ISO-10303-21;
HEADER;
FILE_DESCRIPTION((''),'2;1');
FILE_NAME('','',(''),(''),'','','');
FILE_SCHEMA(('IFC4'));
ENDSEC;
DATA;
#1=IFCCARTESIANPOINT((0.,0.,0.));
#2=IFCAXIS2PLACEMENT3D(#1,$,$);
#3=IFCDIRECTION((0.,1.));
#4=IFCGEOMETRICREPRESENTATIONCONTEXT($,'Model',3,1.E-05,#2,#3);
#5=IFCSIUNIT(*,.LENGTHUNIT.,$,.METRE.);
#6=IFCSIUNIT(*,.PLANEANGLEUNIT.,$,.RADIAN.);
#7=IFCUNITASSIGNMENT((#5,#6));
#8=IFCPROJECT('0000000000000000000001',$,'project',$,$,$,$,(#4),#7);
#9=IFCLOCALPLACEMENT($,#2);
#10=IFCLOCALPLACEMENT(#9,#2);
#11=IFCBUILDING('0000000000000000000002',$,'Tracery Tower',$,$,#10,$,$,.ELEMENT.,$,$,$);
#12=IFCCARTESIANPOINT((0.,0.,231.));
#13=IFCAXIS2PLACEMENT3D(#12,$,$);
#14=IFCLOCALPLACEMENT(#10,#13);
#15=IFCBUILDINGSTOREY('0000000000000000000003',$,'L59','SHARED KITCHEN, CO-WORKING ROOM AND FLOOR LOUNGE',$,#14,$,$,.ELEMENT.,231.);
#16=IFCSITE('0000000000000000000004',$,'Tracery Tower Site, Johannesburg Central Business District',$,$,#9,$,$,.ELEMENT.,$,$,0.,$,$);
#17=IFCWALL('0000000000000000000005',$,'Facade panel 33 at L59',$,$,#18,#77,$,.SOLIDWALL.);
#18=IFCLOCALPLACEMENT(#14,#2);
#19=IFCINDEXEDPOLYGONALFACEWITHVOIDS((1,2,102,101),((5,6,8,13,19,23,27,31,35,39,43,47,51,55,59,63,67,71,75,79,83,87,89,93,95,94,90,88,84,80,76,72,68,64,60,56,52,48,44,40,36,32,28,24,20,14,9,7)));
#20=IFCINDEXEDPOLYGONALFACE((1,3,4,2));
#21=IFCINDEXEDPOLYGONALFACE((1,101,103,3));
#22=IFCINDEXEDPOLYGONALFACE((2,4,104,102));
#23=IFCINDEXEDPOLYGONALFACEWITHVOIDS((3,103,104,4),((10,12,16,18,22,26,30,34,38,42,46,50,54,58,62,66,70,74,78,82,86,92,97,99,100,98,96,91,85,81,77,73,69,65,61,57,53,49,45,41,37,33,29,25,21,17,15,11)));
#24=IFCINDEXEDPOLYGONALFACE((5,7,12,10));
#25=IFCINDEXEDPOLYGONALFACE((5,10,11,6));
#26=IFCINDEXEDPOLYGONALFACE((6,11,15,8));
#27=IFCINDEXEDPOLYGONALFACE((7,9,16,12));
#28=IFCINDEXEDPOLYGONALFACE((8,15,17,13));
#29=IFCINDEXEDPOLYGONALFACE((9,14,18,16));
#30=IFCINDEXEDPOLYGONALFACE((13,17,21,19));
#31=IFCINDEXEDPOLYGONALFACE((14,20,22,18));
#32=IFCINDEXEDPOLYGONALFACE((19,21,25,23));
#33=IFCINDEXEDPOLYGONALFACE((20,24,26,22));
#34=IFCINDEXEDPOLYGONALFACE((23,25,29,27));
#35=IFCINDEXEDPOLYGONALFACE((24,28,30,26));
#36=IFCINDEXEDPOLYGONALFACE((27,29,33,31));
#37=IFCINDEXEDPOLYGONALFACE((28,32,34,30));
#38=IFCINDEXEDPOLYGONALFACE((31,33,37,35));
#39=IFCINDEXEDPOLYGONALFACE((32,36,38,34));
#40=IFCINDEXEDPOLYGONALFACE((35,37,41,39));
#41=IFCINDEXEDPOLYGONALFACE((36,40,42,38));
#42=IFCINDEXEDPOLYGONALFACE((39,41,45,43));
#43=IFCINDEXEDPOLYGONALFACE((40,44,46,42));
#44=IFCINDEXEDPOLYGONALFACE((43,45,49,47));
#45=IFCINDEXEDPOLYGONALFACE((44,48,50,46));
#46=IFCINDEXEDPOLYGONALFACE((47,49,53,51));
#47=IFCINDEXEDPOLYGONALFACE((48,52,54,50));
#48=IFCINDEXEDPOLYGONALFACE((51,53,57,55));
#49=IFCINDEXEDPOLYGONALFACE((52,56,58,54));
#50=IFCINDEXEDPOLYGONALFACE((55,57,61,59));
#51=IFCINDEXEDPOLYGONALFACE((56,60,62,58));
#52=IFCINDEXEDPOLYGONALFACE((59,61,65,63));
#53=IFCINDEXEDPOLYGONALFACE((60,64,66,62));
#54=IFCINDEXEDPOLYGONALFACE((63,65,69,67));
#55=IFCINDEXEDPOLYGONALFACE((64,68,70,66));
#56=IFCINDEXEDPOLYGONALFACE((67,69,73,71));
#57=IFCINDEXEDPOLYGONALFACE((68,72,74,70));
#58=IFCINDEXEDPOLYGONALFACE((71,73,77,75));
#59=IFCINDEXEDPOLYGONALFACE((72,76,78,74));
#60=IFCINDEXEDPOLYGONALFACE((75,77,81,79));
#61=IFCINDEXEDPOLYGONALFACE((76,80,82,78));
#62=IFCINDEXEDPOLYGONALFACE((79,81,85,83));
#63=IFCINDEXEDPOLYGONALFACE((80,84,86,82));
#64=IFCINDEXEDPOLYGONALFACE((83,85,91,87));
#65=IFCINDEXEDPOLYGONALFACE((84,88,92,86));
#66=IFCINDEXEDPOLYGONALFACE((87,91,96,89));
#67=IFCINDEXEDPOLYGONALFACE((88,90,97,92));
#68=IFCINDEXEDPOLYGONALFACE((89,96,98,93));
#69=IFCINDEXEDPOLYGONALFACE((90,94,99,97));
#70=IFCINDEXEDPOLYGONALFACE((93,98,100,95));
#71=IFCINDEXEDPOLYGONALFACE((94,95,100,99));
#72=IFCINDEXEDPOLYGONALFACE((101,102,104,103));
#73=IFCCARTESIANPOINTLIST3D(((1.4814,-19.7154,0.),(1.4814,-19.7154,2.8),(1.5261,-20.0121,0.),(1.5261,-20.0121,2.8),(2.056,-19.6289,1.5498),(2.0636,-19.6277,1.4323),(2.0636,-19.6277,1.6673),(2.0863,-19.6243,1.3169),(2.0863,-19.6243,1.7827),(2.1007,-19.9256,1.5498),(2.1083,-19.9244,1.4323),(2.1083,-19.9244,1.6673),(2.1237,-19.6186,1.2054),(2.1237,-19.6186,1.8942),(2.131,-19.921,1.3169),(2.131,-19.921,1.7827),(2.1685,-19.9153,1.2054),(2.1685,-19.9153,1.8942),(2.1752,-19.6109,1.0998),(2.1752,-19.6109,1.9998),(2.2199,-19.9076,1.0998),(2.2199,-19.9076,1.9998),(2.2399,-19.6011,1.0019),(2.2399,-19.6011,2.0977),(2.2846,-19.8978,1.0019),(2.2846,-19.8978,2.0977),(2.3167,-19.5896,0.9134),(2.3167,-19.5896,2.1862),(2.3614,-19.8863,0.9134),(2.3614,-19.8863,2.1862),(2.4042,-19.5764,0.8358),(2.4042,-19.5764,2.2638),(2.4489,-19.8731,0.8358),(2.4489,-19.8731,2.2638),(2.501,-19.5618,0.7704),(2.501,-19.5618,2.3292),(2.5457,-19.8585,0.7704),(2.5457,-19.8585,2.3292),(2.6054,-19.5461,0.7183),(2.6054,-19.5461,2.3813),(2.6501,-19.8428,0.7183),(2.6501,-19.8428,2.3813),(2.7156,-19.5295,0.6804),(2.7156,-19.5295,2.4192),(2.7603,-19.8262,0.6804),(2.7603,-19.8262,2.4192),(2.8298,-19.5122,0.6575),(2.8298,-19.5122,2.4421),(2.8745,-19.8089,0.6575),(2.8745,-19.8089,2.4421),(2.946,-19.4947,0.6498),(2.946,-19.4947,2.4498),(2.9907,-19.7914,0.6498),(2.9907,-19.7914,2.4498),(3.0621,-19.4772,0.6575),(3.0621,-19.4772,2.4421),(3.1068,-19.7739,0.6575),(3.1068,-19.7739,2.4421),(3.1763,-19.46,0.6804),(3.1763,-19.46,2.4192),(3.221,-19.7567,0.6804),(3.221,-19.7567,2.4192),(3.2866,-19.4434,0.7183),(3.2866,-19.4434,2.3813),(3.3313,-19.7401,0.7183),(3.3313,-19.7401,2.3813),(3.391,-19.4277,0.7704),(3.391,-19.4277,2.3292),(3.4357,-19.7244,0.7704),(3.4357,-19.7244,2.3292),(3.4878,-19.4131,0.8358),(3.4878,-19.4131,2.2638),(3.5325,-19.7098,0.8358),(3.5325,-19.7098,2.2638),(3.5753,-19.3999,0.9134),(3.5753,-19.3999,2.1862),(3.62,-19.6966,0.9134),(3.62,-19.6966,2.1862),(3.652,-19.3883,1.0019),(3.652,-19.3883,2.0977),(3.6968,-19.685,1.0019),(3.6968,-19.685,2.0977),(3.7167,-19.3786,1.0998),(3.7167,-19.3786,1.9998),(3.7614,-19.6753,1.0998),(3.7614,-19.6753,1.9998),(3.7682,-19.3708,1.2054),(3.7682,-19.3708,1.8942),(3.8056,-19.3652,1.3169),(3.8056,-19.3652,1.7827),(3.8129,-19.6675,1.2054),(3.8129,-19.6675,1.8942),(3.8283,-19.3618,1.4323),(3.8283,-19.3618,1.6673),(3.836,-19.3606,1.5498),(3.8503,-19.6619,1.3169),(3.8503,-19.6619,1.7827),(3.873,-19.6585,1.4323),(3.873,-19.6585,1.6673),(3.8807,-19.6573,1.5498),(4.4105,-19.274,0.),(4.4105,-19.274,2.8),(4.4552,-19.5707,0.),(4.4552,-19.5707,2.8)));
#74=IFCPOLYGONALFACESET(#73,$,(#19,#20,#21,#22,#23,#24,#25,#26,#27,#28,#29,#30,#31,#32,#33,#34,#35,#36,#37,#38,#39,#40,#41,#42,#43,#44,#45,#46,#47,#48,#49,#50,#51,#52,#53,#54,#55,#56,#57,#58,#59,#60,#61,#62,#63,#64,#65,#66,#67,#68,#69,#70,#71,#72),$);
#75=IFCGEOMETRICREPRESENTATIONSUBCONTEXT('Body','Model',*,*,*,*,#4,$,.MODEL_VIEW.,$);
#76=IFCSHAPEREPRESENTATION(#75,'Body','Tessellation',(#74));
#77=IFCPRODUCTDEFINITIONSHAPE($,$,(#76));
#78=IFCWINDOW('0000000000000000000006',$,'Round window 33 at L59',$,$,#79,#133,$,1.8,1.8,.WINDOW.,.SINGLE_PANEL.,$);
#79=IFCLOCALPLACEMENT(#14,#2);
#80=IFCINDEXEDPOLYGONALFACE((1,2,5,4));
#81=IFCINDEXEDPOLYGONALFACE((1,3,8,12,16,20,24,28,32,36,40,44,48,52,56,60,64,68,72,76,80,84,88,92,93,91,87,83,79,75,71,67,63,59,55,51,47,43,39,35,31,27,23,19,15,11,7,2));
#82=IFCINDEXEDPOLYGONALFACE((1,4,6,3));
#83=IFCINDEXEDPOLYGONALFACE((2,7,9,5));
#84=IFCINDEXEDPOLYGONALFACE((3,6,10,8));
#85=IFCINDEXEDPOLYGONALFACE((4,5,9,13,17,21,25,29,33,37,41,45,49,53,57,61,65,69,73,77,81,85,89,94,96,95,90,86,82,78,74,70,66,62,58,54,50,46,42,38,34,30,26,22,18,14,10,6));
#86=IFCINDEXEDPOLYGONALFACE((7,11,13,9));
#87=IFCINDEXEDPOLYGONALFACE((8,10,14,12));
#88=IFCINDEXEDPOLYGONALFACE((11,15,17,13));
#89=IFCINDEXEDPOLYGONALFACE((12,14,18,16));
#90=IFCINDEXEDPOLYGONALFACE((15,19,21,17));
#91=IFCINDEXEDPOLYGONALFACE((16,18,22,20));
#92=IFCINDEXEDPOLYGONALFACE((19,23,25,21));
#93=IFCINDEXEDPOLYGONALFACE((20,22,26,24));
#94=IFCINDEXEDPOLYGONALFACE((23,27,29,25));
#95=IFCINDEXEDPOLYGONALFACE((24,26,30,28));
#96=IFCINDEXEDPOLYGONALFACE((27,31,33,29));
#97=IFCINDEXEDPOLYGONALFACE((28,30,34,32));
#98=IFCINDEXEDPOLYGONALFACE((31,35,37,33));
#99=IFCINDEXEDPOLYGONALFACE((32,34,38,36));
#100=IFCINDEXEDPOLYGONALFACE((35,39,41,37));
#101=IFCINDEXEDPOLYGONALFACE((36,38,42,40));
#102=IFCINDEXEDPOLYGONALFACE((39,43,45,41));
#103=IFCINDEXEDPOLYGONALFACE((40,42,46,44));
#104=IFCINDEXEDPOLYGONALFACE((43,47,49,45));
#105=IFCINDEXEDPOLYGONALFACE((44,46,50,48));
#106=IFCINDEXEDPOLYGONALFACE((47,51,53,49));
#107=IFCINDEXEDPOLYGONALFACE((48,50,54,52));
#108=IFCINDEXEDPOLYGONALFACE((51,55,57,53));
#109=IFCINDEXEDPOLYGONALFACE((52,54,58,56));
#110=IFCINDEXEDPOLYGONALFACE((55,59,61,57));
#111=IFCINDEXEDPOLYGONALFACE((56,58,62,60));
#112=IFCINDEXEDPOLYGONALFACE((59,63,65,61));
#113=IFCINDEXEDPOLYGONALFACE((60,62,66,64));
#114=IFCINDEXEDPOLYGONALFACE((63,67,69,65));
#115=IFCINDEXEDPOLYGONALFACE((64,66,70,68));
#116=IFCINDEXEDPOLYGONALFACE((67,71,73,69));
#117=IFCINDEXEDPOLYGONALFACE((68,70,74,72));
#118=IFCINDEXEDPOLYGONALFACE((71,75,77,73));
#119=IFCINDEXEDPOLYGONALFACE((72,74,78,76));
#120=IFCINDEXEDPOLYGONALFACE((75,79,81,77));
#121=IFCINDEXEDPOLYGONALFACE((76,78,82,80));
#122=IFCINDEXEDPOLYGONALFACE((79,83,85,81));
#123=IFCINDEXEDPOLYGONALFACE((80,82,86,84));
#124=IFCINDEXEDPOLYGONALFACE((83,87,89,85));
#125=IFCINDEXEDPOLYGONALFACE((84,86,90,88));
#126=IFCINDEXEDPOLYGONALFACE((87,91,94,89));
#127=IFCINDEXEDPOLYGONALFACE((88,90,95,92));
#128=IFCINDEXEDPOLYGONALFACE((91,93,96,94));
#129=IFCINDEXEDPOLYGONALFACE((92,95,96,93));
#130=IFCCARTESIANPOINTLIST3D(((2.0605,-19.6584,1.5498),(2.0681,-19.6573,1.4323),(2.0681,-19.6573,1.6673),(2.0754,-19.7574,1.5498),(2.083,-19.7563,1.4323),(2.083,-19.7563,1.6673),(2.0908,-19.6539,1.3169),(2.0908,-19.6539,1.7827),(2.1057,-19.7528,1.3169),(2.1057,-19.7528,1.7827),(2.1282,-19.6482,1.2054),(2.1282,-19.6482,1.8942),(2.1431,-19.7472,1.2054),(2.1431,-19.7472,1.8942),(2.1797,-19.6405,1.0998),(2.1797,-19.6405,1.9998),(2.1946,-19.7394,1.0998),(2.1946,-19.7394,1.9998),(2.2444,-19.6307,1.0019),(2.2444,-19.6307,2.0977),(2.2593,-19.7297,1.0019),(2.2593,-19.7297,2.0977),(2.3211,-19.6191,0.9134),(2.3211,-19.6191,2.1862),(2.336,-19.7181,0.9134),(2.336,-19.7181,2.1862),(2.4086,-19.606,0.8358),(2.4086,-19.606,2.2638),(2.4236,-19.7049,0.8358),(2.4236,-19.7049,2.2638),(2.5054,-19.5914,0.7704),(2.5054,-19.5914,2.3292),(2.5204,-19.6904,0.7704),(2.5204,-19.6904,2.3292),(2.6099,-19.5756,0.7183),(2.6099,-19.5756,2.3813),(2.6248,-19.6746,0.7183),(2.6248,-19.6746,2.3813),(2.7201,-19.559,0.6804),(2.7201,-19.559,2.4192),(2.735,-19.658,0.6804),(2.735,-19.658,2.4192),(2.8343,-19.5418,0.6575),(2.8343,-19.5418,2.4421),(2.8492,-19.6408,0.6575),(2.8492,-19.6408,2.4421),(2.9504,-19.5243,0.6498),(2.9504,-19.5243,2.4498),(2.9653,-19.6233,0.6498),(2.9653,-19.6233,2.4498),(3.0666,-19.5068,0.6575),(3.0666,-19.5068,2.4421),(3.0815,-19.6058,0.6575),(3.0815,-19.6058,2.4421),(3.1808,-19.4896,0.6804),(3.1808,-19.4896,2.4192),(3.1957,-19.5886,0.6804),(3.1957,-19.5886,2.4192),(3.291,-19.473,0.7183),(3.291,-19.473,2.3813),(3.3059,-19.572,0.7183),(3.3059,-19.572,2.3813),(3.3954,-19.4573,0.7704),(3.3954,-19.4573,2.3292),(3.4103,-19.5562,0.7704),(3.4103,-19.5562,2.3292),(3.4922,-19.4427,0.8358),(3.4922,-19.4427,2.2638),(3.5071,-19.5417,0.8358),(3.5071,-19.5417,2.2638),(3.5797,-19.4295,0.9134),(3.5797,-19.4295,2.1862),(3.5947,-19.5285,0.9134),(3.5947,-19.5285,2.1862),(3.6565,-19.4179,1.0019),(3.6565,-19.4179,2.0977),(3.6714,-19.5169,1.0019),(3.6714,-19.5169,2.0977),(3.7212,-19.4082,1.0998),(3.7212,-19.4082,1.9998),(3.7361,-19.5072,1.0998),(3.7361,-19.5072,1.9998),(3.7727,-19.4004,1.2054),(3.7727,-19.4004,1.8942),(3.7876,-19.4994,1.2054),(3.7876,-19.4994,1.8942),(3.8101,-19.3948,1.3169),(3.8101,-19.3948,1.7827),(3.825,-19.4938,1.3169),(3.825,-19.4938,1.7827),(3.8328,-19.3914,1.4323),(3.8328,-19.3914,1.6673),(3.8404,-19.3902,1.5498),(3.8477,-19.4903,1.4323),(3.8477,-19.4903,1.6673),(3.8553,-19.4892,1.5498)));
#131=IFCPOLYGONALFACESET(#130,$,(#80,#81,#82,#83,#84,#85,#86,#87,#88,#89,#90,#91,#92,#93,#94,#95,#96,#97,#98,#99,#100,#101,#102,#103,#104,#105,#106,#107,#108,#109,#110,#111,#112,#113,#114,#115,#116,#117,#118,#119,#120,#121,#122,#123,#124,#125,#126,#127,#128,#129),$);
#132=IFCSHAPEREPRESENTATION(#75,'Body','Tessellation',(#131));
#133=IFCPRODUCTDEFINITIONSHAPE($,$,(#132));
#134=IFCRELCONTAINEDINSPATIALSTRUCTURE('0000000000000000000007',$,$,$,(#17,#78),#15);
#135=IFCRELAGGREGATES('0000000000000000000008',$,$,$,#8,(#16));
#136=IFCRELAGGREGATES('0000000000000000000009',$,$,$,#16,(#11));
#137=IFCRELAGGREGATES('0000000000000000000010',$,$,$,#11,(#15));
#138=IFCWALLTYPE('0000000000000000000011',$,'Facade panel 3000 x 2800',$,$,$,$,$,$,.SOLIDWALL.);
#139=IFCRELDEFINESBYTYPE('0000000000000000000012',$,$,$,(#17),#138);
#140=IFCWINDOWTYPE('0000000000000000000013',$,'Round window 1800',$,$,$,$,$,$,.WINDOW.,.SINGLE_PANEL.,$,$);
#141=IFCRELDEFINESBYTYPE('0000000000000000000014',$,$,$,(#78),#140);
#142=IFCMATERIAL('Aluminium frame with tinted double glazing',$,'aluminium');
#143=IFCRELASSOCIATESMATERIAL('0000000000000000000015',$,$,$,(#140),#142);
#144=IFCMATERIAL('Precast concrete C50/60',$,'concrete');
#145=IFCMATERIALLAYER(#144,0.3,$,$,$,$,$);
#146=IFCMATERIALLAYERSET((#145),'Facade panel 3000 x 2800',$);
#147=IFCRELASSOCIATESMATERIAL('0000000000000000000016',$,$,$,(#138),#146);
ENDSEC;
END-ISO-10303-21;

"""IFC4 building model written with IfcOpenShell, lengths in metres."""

from ifc_helpers import new_model, si_unit, direction, frame, frame_2d, origin, origin_2d, place, context, subcontext, project, spatial, rectangle, circle, extrude, material, layer, layer_set, type_object, element, fill, save


model = new_model("IFC4")

# Units and contexts
model_context = context("Model", 3, precision=1e-05, world=origin(), true_north=direction((0.0, 1.0)))
body_context = subcontext(model_context, "Body", "Model", "MODEL_VIEW")
ifc_project = project(units=[si_unit("LENGTHUNIT", "METRE"), si_unit("PLANEANGLEUNIT", "RADIAN")], contexts=[model_context])

# Site, building, storey
site_placement = place(None, origin())
site = spatial("IfcSite", under=ifc_project, at=site_placement, Name="Tracery Tower Site, Johannesburg Central Business District", CompositionType="ELEMENT", RefElevation=0.0)
building_placement = place(site_placement, origin())
building = spatial("IfcBuilding", under=site, at=building_placement, Name="Tracery Tower", CompositionType="ELEMENT")
storey_placement = place(building_placement, frame((0.0, 0.0, 231.0)))
storey = spatial("IfcBuildingStorey", under=building, at=storey_placement, Name="L59", Description="SHARED KITCHEN, CO-WORKING ROOM AND FLOOR LOUNGE", CompositionType="ELEMENT", Elevation=231.0)

# Wall, opening, window
ifc_material_1 = material(Name="Aluminium frame with tinted double glazing", Category="aluminium")
window_type = type_object("IfcWindowType", Name="Round window 1800", PartitioningType="SINGLE_PANEL", PredefinedType="WINDOW", material=ifc_material_1)
ifc_material_2 = material(Name="Precast concrete C50/60", Category="concrete")
ifc_layer_1 = layer(ifc_material_2, 0.3)
ifc_layer_set_1 = layer_set([ifc_layer_1], Name="Facade panel 3000 x 2800")
wall_type_1 = type_object("IfcWallType", Name="Facade panel 3000 x 2800", PredefinedType="SOLIDWALL", material=ifc_layer_set_1)
wall_1_placement = place(storey_placement, frame((1.5039, -19.8638, 0.0), z_axis=(0.0, 0.0, 1.0), x_axis=(0.988836, 0.149009, 0.0)))
wall_1 = element("IfcWall", 1, at=wall_1_placement, inside=storey, type_object=wall_type_1, Name="Facade panel 33 at L59", PredefinedType="SOLIDWALL", context=body_context, shape_type="SweptSolid", body=[
    extrude(rectangle(XDim=2.9622, YDim=0.3, at=frame_2d((1.481, 0.0))), origin(), (0.0, 0.0, 1.0), 2.8),
])
opening_1_placement = place(wall_1_placement, frame((1.481, 0.0, 1.5498)))
opening_1 = element("IfcOpeningElement", 2, at=opening_1_placement, cuts=wall_1, PredefinedType="OPENING", context=body_context, shape_type="SweptSolid", body=[
    extrude(circle(Radius=0.9, at=origin_2d()), frame((0.0, 0.1599, 0.0), z_axis=(0.0, -1.0, 0.0), x_axis=(1.0, 0.0, 0.0)), (0.0, 0.0, 1.0), 0.3201),
])
window_1_placement = place(opening_1_placement, origin())
window_1 = element("IfcWindow", 3, at=window_1_placement, inside=storey, type_object=window_type, Name="Round window 33 at L59", OverallHeight=1.8, OverallWidth=1.8, PartitioningType="SINGLE_PANEL", PredefinedType="WINDOW", context=body_context, shape_type="SweptSolid", body=[
    extrude(circle(Radius=0.9, at=origin_2d()), frame((0.0, 0.1201, 0.0), z_axis=(0.0, -1.0, 0.0), x_axis=(1.0, 0.0, 0.0)), (0.0, 0.0, 1.0), 0.1001),
])
fill(opening_1, window_1)

save(model, "model.ifc")
